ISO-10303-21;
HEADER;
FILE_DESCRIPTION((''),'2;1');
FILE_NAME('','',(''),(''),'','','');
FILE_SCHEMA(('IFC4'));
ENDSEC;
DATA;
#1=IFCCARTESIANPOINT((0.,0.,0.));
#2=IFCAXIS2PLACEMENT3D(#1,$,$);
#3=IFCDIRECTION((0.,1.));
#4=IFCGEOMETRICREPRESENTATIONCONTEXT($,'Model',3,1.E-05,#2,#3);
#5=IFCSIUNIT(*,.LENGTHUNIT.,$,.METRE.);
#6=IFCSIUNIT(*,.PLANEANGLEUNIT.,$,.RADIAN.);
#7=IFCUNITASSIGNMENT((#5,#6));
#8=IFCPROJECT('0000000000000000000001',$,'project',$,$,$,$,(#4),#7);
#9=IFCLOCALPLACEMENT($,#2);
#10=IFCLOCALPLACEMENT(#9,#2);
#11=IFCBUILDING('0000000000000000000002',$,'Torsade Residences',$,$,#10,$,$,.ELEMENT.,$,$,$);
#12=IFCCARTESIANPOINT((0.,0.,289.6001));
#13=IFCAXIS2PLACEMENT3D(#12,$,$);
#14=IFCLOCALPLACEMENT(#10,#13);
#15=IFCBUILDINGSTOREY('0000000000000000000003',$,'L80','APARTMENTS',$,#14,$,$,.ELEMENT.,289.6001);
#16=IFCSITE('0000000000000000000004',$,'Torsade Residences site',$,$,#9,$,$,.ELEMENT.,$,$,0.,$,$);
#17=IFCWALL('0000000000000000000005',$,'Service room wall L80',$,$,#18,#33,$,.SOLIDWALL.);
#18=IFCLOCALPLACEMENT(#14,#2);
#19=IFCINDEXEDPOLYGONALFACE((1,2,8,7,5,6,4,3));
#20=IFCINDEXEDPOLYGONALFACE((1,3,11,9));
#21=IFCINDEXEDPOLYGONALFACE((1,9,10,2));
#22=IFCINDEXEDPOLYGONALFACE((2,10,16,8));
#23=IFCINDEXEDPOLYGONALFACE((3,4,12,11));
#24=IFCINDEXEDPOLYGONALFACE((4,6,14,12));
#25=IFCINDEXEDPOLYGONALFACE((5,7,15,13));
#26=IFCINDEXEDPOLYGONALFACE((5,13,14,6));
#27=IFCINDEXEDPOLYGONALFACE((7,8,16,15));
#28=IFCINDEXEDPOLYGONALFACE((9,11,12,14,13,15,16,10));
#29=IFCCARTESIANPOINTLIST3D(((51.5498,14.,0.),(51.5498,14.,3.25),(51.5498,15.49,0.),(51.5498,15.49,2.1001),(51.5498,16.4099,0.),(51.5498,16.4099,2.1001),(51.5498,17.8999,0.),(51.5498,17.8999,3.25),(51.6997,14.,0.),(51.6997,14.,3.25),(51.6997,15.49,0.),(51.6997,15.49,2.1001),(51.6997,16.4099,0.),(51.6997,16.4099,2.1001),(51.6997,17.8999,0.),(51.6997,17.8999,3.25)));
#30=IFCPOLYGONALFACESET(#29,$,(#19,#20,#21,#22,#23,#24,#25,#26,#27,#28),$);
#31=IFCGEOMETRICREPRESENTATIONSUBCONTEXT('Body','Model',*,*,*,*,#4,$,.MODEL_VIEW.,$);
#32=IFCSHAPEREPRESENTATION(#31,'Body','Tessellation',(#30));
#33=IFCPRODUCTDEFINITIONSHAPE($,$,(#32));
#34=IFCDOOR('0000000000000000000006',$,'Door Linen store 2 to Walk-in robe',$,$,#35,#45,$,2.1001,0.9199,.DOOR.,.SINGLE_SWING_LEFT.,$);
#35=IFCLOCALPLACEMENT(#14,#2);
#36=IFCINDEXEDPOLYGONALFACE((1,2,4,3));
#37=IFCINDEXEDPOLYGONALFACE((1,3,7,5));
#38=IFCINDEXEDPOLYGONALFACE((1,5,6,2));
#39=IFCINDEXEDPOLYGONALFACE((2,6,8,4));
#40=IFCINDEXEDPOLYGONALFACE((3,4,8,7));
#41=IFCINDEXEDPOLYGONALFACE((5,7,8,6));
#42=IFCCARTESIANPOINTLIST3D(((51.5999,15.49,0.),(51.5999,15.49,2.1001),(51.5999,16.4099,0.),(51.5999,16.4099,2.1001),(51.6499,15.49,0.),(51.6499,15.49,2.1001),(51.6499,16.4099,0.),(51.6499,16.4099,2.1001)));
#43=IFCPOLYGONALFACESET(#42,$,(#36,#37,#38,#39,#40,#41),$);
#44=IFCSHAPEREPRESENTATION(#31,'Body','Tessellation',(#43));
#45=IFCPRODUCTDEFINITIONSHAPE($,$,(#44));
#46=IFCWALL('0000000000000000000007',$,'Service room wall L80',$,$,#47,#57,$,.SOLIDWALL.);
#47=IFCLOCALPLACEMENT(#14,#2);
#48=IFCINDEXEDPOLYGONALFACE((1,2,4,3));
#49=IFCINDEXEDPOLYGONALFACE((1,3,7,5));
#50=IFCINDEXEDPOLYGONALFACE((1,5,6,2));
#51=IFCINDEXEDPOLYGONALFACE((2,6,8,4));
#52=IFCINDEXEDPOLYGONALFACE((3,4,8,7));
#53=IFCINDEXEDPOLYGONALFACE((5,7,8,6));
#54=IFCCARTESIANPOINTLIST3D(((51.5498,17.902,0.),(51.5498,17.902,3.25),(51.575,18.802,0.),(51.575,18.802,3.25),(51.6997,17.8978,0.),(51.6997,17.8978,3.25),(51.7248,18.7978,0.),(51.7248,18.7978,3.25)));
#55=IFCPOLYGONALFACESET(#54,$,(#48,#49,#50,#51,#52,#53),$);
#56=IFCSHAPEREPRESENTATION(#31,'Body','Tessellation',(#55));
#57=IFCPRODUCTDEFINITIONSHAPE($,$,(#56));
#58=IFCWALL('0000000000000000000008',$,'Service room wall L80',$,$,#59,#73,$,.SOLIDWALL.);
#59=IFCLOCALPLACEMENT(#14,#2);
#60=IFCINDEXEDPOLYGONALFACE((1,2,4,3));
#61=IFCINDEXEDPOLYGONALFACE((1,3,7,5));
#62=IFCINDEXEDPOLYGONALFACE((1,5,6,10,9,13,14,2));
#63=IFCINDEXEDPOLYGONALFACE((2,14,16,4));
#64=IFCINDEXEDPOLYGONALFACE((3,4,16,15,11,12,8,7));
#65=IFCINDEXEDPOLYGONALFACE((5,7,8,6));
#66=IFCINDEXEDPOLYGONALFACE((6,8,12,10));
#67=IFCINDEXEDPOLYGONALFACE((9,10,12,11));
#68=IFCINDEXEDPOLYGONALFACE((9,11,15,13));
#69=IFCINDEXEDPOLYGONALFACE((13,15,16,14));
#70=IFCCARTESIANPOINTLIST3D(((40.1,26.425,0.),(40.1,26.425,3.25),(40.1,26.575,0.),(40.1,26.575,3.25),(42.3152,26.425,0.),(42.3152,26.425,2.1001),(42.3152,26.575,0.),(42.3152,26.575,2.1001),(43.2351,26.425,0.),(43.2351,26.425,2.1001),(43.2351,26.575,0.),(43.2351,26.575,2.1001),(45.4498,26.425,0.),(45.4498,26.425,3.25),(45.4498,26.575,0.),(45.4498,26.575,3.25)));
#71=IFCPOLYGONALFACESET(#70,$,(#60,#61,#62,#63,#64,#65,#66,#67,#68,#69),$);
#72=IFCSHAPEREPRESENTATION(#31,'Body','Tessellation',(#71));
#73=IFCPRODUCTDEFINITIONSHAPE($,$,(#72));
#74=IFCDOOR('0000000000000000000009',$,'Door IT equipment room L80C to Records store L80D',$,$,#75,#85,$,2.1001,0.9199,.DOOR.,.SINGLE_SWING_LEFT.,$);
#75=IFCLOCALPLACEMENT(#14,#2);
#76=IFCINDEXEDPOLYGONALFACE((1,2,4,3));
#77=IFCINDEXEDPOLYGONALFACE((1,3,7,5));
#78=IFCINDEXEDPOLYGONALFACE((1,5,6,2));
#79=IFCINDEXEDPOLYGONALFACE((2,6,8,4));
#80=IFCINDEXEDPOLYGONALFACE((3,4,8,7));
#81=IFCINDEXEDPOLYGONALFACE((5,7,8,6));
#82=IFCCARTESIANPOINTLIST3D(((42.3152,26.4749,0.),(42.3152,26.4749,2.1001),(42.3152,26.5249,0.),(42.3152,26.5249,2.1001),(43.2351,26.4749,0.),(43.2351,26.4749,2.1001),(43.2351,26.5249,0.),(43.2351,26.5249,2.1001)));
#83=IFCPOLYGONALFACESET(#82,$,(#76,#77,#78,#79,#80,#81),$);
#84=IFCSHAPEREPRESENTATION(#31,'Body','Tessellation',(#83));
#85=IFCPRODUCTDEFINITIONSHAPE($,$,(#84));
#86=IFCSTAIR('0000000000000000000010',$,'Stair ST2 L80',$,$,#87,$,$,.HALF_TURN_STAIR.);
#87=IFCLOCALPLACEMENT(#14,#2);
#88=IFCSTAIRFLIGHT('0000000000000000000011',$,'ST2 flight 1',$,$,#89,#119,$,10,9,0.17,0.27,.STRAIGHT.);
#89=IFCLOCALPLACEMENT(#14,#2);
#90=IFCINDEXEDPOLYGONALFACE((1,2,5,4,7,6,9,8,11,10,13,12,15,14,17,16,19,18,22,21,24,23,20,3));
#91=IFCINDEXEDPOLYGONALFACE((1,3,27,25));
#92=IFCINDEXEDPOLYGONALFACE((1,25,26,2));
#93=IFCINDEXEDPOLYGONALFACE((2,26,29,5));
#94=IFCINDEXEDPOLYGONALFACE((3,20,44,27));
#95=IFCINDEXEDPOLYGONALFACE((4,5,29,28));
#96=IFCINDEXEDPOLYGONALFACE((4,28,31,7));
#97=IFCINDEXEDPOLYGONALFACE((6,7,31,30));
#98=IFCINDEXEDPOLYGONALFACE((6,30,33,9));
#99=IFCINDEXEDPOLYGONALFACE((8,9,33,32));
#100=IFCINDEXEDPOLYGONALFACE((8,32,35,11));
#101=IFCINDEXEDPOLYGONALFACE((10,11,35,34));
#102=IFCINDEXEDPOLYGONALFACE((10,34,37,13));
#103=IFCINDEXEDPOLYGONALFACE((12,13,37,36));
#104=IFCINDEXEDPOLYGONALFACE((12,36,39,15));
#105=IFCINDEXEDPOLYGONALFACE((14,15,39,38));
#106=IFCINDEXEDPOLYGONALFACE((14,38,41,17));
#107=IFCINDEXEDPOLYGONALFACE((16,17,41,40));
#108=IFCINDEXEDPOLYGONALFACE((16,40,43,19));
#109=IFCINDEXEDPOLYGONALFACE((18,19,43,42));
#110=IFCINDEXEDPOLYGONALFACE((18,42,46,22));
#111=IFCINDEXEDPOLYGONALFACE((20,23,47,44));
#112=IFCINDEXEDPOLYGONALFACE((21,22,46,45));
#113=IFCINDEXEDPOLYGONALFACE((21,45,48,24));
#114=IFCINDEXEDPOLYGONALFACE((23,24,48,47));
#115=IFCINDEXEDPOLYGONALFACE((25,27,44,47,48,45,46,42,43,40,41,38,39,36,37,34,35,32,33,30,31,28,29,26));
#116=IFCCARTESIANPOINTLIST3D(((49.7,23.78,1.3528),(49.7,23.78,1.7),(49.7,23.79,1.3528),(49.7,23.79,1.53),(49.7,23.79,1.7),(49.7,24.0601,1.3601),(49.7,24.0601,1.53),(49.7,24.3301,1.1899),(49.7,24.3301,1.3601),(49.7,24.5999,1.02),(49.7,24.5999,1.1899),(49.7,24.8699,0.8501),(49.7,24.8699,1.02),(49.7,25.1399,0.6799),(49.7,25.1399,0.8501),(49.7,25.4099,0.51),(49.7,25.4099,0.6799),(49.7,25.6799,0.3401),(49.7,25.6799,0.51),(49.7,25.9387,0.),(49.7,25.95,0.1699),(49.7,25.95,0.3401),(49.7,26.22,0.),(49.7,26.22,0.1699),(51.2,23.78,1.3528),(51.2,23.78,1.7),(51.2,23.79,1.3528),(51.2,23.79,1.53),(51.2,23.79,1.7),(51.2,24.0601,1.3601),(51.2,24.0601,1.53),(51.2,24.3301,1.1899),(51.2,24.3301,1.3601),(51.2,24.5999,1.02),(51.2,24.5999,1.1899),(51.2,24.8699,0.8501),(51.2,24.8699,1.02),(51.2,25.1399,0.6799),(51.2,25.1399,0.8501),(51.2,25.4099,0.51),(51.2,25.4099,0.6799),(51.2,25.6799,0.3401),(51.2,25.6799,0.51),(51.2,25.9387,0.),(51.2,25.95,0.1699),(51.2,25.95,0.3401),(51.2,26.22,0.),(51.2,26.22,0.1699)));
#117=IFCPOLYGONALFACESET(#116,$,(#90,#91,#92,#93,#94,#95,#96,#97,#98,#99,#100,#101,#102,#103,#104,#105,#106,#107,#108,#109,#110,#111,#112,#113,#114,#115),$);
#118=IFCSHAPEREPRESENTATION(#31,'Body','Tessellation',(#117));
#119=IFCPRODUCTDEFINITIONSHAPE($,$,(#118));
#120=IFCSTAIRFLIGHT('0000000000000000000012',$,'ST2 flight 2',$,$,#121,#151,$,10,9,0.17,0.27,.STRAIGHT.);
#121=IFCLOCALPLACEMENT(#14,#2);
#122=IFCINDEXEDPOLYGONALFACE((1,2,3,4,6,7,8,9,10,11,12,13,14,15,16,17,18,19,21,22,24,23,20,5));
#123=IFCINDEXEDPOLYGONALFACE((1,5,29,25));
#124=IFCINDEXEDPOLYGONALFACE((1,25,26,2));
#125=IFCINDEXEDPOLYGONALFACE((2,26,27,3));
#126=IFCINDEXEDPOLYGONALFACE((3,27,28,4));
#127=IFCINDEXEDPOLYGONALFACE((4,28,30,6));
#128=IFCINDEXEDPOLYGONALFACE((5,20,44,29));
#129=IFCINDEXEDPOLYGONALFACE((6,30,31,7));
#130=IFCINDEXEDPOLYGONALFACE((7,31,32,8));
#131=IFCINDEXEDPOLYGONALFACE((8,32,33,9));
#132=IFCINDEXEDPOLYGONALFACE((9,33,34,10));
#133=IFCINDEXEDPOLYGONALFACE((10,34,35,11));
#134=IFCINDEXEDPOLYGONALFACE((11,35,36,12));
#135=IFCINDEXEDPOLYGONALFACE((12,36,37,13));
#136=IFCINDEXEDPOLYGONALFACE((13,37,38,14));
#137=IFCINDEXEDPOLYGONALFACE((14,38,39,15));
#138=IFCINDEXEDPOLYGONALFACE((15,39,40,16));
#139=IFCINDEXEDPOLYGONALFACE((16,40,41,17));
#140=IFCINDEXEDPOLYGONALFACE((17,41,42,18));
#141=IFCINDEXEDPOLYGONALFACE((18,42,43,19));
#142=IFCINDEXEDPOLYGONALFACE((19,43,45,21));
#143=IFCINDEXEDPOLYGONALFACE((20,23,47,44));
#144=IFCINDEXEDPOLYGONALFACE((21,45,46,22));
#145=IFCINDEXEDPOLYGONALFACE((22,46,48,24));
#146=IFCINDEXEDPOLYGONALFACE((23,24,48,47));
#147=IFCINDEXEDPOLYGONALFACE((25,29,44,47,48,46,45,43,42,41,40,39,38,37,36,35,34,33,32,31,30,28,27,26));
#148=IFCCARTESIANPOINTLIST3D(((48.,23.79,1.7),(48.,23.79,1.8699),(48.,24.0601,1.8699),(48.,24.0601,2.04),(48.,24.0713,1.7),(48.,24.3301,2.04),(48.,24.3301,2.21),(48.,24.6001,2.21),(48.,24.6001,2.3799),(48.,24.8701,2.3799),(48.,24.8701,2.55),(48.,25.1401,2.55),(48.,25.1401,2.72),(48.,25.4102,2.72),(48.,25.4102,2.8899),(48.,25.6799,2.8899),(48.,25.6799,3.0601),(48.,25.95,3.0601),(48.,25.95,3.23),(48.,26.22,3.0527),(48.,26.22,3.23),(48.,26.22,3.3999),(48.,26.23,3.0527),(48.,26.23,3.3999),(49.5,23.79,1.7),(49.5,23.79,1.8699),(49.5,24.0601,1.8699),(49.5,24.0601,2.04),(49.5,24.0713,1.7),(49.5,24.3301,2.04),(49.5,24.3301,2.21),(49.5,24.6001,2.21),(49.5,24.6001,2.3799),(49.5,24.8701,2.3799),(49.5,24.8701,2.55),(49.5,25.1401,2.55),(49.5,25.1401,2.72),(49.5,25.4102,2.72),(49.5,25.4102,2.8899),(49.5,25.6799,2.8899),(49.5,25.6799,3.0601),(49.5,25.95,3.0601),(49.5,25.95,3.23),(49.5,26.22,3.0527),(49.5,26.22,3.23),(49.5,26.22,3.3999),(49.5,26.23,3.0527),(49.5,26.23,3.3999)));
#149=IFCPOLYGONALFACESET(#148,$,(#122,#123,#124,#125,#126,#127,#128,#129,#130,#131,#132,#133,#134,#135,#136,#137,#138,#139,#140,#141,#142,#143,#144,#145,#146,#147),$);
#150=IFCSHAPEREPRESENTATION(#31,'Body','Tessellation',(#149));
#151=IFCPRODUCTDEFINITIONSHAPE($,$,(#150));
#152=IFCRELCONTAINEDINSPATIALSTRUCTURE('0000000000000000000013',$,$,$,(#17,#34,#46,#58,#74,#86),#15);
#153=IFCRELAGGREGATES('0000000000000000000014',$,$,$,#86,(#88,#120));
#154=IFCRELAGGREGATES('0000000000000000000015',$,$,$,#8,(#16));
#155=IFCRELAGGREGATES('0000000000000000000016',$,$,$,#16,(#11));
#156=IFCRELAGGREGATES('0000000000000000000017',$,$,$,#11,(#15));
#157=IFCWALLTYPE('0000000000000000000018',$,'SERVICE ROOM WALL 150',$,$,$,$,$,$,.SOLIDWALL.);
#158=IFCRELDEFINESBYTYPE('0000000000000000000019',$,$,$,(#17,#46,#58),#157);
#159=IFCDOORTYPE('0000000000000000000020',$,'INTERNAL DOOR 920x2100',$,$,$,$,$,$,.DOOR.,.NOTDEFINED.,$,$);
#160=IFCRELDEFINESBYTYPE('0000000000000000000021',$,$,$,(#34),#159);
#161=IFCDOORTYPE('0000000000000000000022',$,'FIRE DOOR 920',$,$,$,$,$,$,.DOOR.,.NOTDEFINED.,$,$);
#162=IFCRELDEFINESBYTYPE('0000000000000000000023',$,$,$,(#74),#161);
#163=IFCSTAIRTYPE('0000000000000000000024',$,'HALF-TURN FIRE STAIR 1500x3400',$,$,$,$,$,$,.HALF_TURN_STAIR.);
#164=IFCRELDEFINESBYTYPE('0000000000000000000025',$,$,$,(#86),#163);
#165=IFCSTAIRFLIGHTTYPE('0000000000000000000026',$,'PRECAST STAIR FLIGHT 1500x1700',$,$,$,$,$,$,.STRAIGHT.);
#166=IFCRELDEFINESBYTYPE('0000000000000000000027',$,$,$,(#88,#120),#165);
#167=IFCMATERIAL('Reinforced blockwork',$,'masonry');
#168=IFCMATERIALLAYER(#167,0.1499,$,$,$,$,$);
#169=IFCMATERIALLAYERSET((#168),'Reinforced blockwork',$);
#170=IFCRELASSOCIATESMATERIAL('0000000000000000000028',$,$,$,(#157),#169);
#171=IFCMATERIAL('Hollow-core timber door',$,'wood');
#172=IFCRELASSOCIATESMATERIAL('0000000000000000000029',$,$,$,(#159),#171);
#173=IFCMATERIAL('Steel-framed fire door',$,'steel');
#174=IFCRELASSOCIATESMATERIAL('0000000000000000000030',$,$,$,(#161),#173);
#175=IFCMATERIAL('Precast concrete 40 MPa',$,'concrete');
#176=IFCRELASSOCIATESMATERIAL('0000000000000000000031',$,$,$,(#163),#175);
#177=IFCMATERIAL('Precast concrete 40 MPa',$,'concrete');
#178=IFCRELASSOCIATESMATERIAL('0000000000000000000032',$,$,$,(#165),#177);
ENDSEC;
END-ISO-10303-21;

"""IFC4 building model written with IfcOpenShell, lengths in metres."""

from ifc_helpers import new_model, si_unit, direction, frame, frame_2d, origin, place, context, subcontext, project, spatial, polyline, rectangle, outline, extrude, material, layer, layer_set, type_object, element, fill, aggregate, save


model = new_model("IFC4")

# Units and contexts
model_context = context("Model", 3, precision=1e-05, world=origin(), true_north=direction((0.0, 1.0)))
body_context = subcontext(model_context, "Body", "Model", "MODEL_VIEW")
ifc_project = project(units=[si_unit("LENGTHUNIT", "METRE"), si_unit("PLANEANGLEUNIT", "RADIAN")], contexts=[model_context])

# Site, building, storey
site_placement = place(None, origin())
site = spatial("IfcSite", under=ifc_project, at=site_placement, Name="Torsade Residences site", CompositionType="ELEMENT", RefElevation=0.0)
building_placement = place(site_placement, origin())
building = spatial("IfcBuilding", under=site, at=building_placement, Name="Torsade Residences", CompositionType="ELEMENT")
storey_placement = place(building_placement, frame((0.0, 0.0, 289.6001)))
storey = spatial("IfcBuildingStorey", under=building, at=storey_placement, Name="L80", Description="APARTMENTS", CompositionType="ELEMENT", Elevation=289.6001)

# Wall, opening, door
ifc_material_1 = material(Name="Reinforced blockwork", Category="masonry")
ifc_layer_1 = layer(ifc_material_1, 0.1499)
ifc_layer_set_1 = layer_set([ifc_layer_1], Name="Reinforced blockwork")
wall_type_1 = type_object("IfcWallType", Name="SERVICE ROOM WALL 150", PredefinedType="SOLIDWALL", material=ifc_layer_set_1)
wall_1_placement = place(storey_placement, frame((51.6248, 14.0, 0.0), z_axis=(0.0, 0.0, 1.0), x_axis=(0.0, 1.0, 0.0)))
wall_1 = element("IfcWall", 1, at=wall_1_placement, inside=storey, type_object=wall_type_1, Name="Service room wall L80", PredefinedType="SOLIDWALL", context=body_context, shape_type="SweptSolid", body=[
    extrude(rectangle(XDim=3.8999, YDim=0.1499, at=frame_2d((1.95, 0.0))), origin(), (0.0, 0.0, 1.0), 3.25),
])
opening_1_placement = place(wall_1_placement, frame((1.49, 0.0, 0.0)))
opening_1 = element("IfcOpeningElement", 2, at=opening_1_placement, cuts=wall_1, PredefinedType="OPENING", context=body_context, shape_type="SweptSolid", body=[
    extrude(rectangle(XDim=0.9199, YDim=2.1001, at=frame_2d((0.46, 1.05))), frame((0.0, 0.085, 0.0), z_axis=(0.0, -1.0, 0.0), x_axis=(1.0, 0.0, 0.0)), (0.0, 0.0, 1.0), 0.1699),
])
ifc_material_2 = material(Name="Hollow-core timber door", Category="wood")
door_type_1 = type_object("IfcDoorType", Name="INTERNAL DOOR 920x2100", OperationType="NOTDEFINED", PredefinedType="DOOR", material=ifc_material_2)
door_1_placement = place(opening_1_placement, origin())
door_1 = element("IfcDoor", 3, at=door_1_placement, inside=storey, type_object=door_type_1, Name="Door Linen store 2 to Walk-in robe", OperationType="SINGLE_SWING_LEFT", OverallHeight=2.1001, OverallWidth=0.9199, PredefinedType="DOOR", context=body_context, shape_type="SweptSolid", body=[
    extrude(rectangle(XDim=0.9199, YDim=2.1001, at=frame_2d((0.46, 1.05))), frame((0.0, 0.0249, 0.0), z_axis=(0.0, -1.0, 0.0), x_axis=(1.0, 0.0, 0.0)), (0.0, 0.0, 1.0), 0.05),
])
fill(opening_1, door_1)

# Wall
wall_2_placement = place(storey_placement, frame((51.6248, 17.8999, 0.0), z_axis=(0.0, 0.0, 1.0), x_axis=(0.027925, 0.99961, 0.0)))
element("IfcWall", 4, at=wall_2_placement, inside=storey, type_object=wall_type_1, Name="Service room wall L80", PredefinedType="SOLIDWALL", context=body_context, shape_type="SweptSolid", body=[
    extrude(rectangle(XDim=0.9004, YDim=0.1499, at=frame_2d((0.4502, 0.0))), origin(), (0.0, 0.0, 1.0), 3.25),
])

# Wall, opening, door
wall_3_placement = place(storey_placement, frame((40.1001, 26.5, 0.0), z_axis=(0.0, 0.0, 1.0), x_axis=(1.0, 0.0, 0.0)))
wall_3 = element("IfcWall", 5, at=wall_3_placement, inside=storey, type_object=wall_type_1, Name="Service room wall L80", PredefinedType="SOLIDWALL", context=body_context, shape_type="SweptSolid", body=[
    extrude(rectangle(XDim=5.3499, YDim=0.1499, at=frame_2d((2.6748, 0.0))), origin(), (0.0, 0.0, 1.0), 3.25),
])
opening_2_placement = place(wall_3_placement, frame((2.2151, 0.0, 0.0)))
opening_2 = element("IfcOpeningElement", 6, at=opening_2_placement, cuts=wall_3, PredefinedType="OPENING", context=body_context, shape_type="SweptSolid", body=[
    extrude(rectangle(XDim=0.9199, YDim=2.1001, at=frame_2d((0.46, 1.05))), frame((0.0, 0.085, 0.0), z_axis=(0.0, -1.0, 0.0), x_axis=(1.0, 0.0, 0.0)), (0.0, 0.0, 1.0), 0.1699),
])
ifc_material_3 = material(Name="Steel-framed fire door", Category="steel")
door_type_2 = type_object("IfcDoorType", Name="FIRE DOOR 920", OperationType="NOTDEFINED", PredefinedType="DOOR", material=ifc_material_3)
door_2_placement = place(opening_2_placement, origin())
door_2 = element("IfcDoor", 7, at=door_2_placement, inside=storey, type_object=door_type_2, Name="Door IT equipment room L80C to Records store L80D", OperationType="SINGLE_SWING_LEFT", OverallHeight=2.1001, OverallWidth=0.9199, PredefinedType="DOOR", context=body_context, shape_type="SweptSolid", body=[
    extrude(rectangle(XDim=0.9199, YDim=2.1001, at=frame_2d((0.46, 1.05))), frame((0.0, 0.0249, 0.0), z_axis=(0.0, -1.0, 0.0), x_axis=(1.0, 0.0, 0.0)), (0.0, 0.0, 1.0), 0.05),
])
fill(opening_2, door_2)

# Stair, stair flights
ifc_material_4 = material(Name="Precast concrete 40 MPa", Category="concrete")
stair_type = type_object("IfcStairType", Name="HALF-TURN FIRE STAIR 1500x3400", PredefinedType="HALF_TURN_STAIR", material=ifc_material_4)
stair_placement = place(storey_placement, origin())
stair = element("IfcStair", 8, at=stair_placement, inside=storey, type_object=stair_type, Name="Stair ST2 L80", PredefinedType="HALF_TURN_STAIR")
ifc_material_5 = material(Name="Precast concrete 40 MPa", Category="concrete")
stair_flight_type = type_object("IfcStairFlightType", Name="PRECAST STAIR FLIGHT 1500x1700", PredefinedType="STRAIGHT", material=ifc_material_5)
stair_flight_1_placement = place(storey_placement, frame((50.45, 26.22, 0.0), z_axis=(0.0, 0.0, 1.0), x_axis=(0.0, -1.0, 0.0)))
stair_flight_1 = element("IfcStairFlight", 9, at=stair_flight_1_placement, type_object=stair_flight_type, Name="ST2 flight 1", NumberOfRisers=10, NumberOfTreads=9, PredefinedType="STRAIGHT", RiserHeight=0.17, TreadLength=0.27, context=body_context, shape_type="SweptSolid", body=[
    extrude(outline(polyline([(0.0, 0.0), (0.0, 0.1699), (0.27, 0.1699), (0.27, 0.3401), (0.54, 0.3401), (0.54, 0.51), (0.8101, 0.51), (0.8101, 0.6799), (1.0801, 0.6799), (1.0801, 0.8501), (1.3501, 0.8501), (1.3501, 1.02), (1.6201, 1.02), (1.6201, 1.1899), (1.8899, 1.1899), (1.8899, 1.3601), (2.1599, 1.3601), (2.1599, 1.53), (2.4299, 1.53), (2.4299, 1.7), (2.4399, 1.7), (2.4399, 1.3528), (2.4299, 1.3528), (0.2812, 0.0), (0.0, 0.0)])), frame((0.0, 0.75, 0.0), z_axis=(0.0, -1.0, 0.0), x_axis=(1.0, 0.0, 0.0)), (0.0, 0.0, 1.0), 1.5),
])
stair_flight_2_placement = place(storey_placement, frame((48.75, 23.79, 1.7), z_axis=(0.0, 0.0, 1.0), x_axis=(0.0, 1.0, 0.0)))
stair_flight_2 = element("IfcStairFlight", 10, at=stair_flight_2_placement, type_object=stair_flight_type, Name="ST2 flight 2", NumberOfRisers=10, NumberOfTreads=9, PredefinedType="STRAIGHT", RiserHeight=0.17, TreadLength=0.27, context=body_context, shape_type="SweptSolid", body=[
    extrude(outline(polyline([(0.0, 0.0), (0.0, 0.1699), (0.27, 0.1699), (0.27, 0.3401), (0.54, 0.3401), (0.54, 0.51), (0.8101, 0.51), (0.8101, 0.6799), (1.0801, 0.6799), (1.0801, 0.8501), (1.3501, 0.8501), (1.3501, 1.02), (1.6201, 1.02), (1.6201, 1.1899), (1.8899, 1.1899), (1.8899, 1.3601), (2.1599, 1.3601), (2.1599, 1.53), (2.4299, 1.53), (2.4299, 1.7), (2.4399, 1.7), (2.4399, 1.3528), (2.4299, 1.3528), (0.2812, 0.0), (0.0, 0.0)])), frame((0.0, 0.75, 0.0), z_axis=(0.0, -1.0, 0.0), x_axis=(1.0, 0.0, 0.0)), (0.0, 0.0, 1.0), 1.5),
])
aggregate(stair, [stair_flight_1, stair_flight_2])

save(model, "model.ifc")
